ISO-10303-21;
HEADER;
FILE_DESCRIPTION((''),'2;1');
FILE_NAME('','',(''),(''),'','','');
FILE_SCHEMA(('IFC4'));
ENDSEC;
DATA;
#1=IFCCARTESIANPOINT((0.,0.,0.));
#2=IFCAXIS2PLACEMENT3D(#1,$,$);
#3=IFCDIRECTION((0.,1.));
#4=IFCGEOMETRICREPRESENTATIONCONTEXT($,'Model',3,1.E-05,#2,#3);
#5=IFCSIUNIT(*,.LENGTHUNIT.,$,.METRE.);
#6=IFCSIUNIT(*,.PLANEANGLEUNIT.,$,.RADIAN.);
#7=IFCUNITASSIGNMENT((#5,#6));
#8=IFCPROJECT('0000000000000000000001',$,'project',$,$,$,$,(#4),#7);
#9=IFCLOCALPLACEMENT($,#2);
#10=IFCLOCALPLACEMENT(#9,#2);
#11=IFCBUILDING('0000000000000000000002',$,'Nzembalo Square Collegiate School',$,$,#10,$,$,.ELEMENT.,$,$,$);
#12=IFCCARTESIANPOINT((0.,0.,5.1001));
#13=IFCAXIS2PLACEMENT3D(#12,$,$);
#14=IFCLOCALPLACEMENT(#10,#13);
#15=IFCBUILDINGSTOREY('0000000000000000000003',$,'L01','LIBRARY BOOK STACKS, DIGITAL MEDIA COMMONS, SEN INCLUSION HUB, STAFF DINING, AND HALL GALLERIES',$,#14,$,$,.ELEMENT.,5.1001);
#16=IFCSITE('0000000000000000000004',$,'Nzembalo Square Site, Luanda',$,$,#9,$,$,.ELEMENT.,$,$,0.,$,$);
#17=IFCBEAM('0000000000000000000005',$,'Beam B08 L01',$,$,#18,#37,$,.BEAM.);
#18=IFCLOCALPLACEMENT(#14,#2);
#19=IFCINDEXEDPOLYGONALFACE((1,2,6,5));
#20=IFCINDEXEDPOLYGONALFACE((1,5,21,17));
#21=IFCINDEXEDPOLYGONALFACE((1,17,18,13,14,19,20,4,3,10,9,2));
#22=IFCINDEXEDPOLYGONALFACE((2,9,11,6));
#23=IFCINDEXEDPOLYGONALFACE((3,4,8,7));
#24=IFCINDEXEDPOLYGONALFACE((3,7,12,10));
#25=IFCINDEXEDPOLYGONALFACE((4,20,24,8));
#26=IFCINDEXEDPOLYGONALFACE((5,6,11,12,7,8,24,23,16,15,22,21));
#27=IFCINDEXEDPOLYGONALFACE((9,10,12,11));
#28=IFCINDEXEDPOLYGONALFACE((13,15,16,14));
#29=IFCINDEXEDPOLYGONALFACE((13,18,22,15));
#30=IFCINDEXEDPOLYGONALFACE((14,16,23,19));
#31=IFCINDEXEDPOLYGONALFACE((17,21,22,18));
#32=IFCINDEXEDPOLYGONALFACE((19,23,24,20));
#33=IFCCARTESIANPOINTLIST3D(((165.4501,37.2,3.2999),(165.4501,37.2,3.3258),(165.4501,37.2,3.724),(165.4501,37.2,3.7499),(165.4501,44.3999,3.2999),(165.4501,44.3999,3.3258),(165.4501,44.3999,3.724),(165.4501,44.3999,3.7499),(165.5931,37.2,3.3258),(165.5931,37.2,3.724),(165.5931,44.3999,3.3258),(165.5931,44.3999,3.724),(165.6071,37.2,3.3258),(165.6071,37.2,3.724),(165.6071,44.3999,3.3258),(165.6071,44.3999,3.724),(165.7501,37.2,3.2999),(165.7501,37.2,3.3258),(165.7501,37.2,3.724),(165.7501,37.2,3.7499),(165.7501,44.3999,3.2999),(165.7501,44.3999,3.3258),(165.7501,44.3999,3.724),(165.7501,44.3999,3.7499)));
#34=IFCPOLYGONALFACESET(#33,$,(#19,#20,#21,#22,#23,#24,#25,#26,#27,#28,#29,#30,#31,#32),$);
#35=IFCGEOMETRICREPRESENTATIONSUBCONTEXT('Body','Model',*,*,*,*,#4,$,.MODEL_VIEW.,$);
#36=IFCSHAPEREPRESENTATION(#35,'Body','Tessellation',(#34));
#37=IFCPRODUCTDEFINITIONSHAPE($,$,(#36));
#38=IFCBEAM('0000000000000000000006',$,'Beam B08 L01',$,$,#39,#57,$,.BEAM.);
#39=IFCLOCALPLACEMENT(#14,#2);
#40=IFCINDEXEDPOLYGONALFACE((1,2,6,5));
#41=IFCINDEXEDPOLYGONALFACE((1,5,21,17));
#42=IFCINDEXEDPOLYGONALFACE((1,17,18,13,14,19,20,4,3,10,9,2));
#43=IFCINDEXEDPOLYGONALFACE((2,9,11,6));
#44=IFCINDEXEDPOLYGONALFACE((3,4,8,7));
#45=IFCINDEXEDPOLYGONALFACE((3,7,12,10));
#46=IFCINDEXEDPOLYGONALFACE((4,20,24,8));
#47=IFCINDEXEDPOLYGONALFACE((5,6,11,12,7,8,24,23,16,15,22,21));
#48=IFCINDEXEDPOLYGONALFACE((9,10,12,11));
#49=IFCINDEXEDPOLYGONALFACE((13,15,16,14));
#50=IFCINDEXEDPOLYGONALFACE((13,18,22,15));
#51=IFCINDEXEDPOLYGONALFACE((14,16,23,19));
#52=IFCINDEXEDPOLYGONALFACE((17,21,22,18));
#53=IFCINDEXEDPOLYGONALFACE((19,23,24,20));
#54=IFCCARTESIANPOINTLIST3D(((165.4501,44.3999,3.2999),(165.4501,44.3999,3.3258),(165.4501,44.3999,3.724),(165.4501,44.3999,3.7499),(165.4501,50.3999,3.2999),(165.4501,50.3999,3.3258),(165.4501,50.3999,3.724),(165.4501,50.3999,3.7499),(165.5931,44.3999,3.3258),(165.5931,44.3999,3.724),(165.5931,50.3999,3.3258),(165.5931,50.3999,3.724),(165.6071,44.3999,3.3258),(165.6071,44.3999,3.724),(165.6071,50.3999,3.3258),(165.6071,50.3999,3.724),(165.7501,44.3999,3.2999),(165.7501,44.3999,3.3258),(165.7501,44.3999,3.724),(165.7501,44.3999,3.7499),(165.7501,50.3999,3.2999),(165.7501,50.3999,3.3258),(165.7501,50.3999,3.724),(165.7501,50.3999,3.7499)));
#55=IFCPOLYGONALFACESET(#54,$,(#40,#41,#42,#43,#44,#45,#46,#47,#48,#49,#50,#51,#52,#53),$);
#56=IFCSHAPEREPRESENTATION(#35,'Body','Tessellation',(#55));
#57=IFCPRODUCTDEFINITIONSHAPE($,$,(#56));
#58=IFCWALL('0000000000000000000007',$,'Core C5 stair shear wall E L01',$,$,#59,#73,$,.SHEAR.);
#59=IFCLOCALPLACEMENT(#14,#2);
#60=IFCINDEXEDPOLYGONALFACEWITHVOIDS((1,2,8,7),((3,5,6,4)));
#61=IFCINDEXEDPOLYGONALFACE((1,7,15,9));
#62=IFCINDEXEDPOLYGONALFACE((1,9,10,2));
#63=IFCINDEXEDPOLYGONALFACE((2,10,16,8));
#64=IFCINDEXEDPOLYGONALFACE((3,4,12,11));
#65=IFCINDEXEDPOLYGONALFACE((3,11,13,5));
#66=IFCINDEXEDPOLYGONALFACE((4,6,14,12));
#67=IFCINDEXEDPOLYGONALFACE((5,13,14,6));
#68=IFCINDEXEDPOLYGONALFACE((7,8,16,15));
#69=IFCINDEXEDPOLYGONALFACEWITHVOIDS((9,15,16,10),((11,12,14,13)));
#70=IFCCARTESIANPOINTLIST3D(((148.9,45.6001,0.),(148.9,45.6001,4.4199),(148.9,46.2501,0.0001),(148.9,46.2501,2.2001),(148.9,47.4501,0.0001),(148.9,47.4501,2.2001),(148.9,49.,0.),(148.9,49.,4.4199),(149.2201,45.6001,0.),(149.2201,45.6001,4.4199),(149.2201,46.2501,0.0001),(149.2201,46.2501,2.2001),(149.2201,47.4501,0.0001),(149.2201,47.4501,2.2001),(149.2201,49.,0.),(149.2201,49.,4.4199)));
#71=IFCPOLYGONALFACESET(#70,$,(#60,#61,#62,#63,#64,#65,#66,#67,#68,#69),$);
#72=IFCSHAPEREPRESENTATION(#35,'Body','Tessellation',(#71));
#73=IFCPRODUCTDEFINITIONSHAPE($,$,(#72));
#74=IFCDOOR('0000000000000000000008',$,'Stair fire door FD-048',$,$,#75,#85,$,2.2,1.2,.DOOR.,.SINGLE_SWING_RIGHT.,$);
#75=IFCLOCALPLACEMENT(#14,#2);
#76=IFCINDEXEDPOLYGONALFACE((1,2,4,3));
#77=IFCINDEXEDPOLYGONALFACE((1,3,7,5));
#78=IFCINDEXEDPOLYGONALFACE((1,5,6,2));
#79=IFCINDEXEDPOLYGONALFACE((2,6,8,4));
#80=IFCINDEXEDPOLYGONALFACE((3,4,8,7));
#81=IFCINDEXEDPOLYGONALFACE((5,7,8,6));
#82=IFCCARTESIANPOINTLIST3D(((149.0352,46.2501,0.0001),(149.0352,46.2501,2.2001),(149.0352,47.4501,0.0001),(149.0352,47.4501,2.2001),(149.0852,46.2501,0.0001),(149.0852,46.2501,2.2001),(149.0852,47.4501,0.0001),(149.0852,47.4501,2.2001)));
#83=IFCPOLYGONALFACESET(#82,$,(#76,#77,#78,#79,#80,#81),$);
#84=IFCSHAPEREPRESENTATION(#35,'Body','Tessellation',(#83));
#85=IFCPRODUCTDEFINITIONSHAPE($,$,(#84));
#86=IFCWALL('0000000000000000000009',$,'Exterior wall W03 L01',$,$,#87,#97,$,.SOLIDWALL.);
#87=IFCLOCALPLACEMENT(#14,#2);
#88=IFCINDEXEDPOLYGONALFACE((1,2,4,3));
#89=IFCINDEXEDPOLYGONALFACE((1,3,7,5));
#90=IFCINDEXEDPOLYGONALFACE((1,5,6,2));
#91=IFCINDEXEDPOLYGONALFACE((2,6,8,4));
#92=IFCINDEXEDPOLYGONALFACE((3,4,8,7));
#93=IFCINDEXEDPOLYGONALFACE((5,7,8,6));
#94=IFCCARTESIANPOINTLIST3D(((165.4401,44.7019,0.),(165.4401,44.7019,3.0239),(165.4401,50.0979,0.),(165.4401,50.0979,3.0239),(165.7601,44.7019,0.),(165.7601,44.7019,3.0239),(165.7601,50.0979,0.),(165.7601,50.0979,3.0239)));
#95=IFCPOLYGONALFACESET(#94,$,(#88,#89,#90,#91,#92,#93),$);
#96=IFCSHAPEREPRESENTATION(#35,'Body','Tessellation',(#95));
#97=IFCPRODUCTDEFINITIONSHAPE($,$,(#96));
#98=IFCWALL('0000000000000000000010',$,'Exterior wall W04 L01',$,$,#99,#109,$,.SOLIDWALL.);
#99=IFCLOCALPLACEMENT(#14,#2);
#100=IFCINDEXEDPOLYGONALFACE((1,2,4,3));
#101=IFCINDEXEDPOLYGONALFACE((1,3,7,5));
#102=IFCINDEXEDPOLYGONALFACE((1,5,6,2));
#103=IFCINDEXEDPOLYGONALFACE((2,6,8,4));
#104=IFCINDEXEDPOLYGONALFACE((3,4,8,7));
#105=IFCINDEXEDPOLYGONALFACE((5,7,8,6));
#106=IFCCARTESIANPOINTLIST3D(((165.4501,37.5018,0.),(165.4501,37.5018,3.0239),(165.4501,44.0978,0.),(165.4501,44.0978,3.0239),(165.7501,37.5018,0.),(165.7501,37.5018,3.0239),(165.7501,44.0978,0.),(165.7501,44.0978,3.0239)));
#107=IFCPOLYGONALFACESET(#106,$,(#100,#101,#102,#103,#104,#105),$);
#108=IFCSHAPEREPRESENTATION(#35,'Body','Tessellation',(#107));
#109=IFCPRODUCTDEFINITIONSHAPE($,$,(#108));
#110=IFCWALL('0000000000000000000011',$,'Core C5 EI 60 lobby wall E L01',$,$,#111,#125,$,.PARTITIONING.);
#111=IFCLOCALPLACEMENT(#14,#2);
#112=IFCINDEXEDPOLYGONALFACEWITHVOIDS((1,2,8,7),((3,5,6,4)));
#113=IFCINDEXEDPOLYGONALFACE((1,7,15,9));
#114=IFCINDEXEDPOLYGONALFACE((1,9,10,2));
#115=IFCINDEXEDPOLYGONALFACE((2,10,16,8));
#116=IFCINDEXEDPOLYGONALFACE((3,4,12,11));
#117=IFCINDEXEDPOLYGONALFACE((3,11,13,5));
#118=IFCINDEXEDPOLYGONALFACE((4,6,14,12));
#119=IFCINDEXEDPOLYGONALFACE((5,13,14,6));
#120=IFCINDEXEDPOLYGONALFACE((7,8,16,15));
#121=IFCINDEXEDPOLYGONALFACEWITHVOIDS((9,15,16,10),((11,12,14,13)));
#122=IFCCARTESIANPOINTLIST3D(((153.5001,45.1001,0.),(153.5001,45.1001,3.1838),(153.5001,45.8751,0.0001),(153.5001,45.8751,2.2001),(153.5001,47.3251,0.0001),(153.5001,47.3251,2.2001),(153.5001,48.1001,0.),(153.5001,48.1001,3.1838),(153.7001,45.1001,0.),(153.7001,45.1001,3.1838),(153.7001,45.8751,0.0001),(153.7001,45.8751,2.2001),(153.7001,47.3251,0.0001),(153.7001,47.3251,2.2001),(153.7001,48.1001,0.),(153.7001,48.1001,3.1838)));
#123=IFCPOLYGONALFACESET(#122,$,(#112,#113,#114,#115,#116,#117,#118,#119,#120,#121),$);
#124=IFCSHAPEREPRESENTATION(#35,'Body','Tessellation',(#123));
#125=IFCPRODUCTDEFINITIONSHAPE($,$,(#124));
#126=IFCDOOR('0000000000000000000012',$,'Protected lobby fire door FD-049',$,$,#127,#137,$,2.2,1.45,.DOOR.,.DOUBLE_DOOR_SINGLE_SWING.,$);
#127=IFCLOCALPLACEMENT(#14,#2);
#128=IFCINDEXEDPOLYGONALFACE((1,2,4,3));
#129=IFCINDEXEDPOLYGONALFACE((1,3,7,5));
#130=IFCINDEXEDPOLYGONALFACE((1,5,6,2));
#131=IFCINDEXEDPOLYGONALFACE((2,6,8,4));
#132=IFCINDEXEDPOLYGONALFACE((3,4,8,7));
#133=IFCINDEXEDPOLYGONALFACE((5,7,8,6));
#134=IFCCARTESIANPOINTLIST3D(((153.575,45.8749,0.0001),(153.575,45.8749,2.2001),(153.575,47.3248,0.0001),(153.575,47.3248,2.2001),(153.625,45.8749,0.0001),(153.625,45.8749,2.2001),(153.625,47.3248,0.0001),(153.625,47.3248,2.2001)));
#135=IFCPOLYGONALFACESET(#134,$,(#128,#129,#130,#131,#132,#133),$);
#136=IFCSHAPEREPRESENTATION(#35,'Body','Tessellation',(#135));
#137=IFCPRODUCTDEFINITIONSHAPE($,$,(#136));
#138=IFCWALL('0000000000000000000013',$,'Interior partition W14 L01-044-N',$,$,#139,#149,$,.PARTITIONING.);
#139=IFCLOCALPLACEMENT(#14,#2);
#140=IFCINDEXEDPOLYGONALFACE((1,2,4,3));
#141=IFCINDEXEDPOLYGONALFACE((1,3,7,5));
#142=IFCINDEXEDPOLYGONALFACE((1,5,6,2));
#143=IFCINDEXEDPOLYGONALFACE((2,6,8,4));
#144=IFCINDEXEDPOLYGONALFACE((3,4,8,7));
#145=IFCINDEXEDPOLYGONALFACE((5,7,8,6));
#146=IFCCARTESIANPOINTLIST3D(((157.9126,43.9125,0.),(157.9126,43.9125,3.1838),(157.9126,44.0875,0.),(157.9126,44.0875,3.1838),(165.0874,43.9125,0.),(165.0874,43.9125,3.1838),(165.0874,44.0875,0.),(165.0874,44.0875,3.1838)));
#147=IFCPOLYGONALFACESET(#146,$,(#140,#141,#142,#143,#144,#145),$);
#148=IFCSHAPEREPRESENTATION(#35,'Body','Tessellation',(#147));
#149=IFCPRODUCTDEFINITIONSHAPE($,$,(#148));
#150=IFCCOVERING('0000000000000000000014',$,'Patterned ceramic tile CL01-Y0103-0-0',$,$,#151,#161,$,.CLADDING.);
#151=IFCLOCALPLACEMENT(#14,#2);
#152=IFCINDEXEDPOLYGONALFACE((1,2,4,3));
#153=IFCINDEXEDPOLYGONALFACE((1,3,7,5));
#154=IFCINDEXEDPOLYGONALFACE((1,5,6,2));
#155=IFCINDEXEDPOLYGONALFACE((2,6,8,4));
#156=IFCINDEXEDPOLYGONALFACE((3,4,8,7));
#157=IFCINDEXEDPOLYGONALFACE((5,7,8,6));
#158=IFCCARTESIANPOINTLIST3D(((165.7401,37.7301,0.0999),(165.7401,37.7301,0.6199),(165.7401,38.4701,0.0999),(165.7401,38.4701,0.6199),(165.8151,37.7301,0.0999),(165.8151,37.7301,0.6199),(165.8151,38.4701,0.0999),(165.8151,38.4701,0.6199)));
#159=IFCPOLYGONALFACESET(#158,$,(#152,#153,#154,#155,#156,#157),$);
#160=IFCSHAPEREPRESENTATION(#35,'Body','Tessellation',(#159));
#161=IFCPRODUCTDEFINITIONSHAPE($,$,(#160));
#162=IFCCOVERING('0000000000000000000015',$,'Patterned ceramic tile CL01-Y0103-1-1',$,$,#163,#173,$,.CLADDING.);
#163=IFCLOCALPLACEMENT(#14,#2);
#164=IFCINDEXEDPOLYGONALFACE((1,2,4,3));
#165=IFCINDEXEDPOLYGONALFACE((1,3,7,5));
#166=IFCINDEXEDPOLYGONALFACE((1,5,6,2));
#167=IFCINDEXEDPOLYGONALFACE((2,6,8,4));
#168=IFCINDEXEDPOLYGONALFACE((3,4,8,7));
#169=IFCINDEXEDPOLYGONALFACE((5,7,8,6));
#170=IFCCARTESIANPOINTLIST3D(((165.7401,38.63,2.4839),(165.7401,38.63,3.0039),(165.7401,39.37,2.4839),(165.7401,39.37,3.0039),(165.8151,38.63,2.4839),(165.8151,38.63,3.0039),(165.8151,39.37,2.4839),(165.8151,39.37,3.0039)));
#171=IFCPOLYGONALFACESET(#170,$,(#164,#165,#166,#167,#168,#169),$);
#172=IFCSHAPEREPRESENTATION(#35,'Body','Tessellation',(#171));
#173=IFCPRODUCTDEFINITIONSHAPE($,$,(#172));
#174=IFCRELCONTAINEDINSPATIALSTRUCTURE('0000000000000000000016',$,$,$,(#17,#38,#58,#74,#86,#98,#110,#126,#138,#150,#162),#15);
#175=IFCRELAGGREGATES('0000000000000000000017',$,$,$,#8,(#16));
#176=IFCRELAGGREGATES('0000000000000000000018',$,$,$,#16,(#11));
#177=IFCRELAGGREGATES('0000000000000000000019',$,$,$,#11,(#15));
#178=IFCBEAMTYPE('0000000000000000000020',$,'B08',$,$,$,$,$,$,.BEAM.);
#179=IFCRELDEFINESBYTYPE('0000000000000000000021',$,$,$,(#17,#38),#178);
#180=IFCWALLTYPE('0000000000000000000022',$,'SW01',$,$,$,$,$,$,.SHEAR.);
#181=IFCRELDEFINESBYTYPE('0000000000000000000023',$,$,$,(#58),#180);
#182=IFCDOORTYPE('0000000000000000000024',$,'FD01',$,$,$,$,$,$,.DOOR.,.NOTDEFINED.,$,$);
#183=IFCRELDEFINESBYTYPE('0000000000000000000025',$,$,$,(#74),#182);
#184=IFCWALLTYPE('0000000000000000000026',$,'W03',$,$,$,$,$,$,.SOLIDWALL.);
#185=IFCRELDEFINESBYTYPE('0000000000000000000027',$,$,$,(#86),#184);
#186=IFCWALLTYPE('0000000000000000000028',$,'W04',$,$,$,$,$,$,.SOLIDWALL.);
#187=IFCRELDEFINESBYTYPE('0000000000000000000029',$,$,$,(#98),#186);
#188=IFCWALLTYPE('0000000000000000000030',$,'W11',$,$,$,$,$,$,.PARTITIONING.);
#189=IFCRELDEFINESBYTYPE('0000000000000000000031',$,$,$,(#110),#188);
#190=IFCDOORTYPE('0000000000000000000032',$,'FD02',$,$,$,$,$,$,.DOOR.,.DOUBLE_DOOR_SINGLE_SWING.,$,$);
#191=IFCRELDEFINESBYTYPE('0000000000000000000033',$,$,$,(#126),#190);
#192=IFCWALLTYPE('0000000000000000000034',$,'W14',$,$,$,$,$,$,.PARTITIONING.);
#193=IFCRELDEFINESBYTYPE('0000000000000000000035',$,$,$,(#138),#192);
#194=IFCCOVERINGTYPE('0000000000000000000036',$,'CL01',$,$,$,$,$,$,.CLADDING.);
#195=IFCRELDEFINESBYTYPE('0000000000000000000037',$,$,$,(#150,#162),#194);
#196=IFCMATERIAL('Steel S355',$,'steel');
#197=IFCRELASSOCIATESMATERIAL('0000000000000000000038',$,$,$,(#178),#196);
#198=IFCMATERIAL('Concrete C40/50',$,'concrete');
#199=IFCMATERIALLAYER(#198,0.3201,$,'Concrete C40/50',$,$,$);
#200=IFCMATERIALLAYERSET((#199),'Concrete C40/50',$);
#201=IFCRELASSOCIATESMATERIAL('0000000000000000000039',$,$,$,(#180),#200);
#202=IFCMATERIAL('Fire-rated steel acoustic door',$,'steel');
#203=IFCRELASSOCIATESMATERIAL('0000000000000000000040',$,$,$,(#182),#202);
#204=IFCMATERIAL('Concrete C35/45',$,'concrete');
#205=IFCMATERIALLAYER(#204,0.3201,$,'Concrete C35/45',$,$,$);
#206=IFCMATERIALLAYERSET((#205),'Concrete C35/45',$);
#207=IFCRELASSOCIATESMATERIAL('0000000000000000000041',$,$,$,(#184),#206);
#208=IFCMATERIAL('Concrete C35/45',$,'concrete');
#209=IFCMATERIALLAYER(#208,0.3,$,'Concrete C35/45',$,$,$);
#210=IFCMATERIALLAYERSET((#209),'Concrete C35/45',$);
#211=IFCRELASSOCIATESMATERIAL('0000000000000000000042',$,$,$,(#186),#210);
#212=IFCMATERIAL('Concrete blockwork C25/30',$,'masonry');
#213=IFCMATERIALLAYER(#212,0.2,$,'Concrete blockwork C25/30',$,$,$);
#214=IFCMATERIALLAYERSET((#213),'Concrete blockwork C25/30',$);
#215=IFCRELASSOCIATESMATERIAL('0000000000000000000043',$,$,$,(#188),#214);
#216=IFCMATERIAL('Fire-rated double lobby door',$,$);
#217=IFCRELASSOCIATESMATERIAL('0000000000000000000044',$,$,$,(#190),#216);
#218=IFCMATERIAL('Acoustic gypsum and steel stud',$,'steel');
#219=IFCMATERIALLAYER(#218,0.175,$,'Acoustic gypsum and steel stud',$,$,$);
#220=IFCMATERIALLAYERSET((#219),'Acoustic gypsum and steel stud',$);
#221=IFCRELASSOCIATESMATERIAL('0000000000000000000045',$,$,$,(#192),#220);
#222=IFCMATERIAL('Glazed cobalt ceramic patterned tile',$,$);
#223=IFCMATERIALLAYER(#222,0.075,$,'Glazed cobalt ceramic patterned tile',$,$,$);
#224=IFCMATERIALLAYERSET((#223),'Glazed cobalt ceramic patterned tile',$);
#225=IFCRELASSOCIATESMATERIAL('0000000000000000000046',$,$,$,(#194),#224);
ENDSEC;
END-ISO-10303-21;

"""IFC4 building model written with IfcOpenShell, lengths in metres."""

from ifc_helpers import new_model, si_unit, direction, frame, frame_2d, origin, origin_2d, place, context, subcontext, project, spatial, rectangle, i_section, extrude, material, layer, layer_set, material_profile, profile_set, type_object, element, fill, save


model = new_model("IFC4")

# Units and contexts
model_context = context("Model", 3, precision=1e-05, world=origin(), true_north=direction((0.0, 1.0)))
body_context = subcontext(model_context, "Body", "Model", "MODEL_VIEW")
ifc_project = project(units=[si_unit("LENGTHUNIT", "METRE"), si_unit("PLANEANGLEUNIT", "RADIAN")], contexts=[model_context])

# Site, building, storey
site_placement = place(None, origin())
site = spatial("IfcSite", under=ifc_project, at=site_placement, Name="Nzembalo Square Site, Luanda", CompositionType="ELEMENT", RefElevation=0.0)
building_placement = place(site_placement, origin())
building = spatial("IfcBuilding", under=site, at=building_placement, Name="Nzembalo Square Collegiate School", CompositionType="ELEMENT")
storey_placement = place(building_placement, frame((0.0, 0.0, 5.1001)))
storey = spatial("IfcBuildingStorey", under=building, at=storey_placement, Name="L01", Description="LIBRARY BOOK STACKS, DIGITAL MEDIA COMMONS, SEN INCLUSION HUB, STAFF DINING, AND HALL GALLERIES", CompositionType="ELEMENT", Elevation=5.1001)

# Beams
ifc_material_1 = material(Name="Steel S355", Category="steel")
ifc_material_profile_1 = material_profile(ifc_material_1, i_section(OverallWidth=0.3, OverallDepth=0.45, WebThickness=0.0139, FlangeThickness=0.0259, at=origin_2d()), Name="HEB 450")
ifc_profile_set_1 = profile_set([ifc_material_profile_1], Name="Steel S355")
beam_type_1 = type_object("IfcBeamType", Name="B08", PredefinedType="BEAM", material=ifc_profile_set_1)
beam_1_placement = place(storey_placement, frame((165.6001, 37.2, 3.5249), z_axis=(0.0, 1.0, 0.0), x_axis=(-1.0, 0.0, 0.0)))
element("IfcBeam", 1, at=beam_1_placement, inside=storey, type_object=beam_type_1, Name="Beam B08 L01", PredefinedType="BEAM", context=body_context, shape_type="SweptSolid", body=[
    extrude(i_section(OverallWidth=0.3, OverallDepth=0.45, WebThickness=0.0139, FlangeThickness=0.0259, at=origin_2d()), origin(), (0.0, 0.0, 1.0), 7.2),
])
beam_2_placement = place(storey_placement, frame((165.6001, 44.3999, 3.5249), z_axis=(0.0, 1.0, 0.0), x_axis=(-1.0, 0.0, 0.0)))
element("IfcBeam", 2, at=beam_2_placement, inside=storey, type_object=beam_type_1, Name="Beam B08 L01", PredefinedType="BEAM", context=body_context, shape_type="SweptSolid", body=[
    extrude(i_section(OverallWidth=0.3, OverallDepth=0.45, WebThickness=0.0139, FlangeThickness=0.0259, at=origin_2d()), origin(), (0.0, 0.0, 1.0), 6.0),
])

# Wall, opening, door
ifc_material_2 = material(Name="Concrete C40/50", Category="concrete")
ifc_layer_1 = layer(ifc_material_2, 0.3201, Name="Concrete C40/50")
ifc_layer_set_1 = layer_set([ifc_layer_1], Name="Concrete C40/50")
wall_type_1 = type_object("IfcWallType", Name="SW01", PredefinedType="SHEAR", material=ifc_layer_set_1)
wall_1_placement = place(storey_placement, frame((149.0601, 45.6001, 0.0), z_axis=(0.0, 0.0, 1.0), x_axis=(0.0, 1.0, 0.0)))
wall_1 = element("IfcWall", 3, at=wall_1_placement, inside=storey, type_object=wall_type_1, Name="Core C5 stair shear wall E L01", PredefinedType="SHEAR", context=body_context, shape_type="SweptSolid", body=[
    extrude(rectangle(XDim=3.3999, YDim=0.3201, at=frame_2d((1.7, 0.0))), origin(), (0.0, 0.0, 1.0), 4.4199),
])
opening_1_placement = place(wall_1_placement, frame((0.6499, 0.0, 0.0)))
opening_1 = element("IfcOpeningElement", 4, at=opening_1_placement, cuts=wall_1, PredefinedType="OPENING", context=body_context, shape_type="SweptSolid", body=[
    extrude(rectangle(XDim=1.2, YDim=2.2, at=frame_2d((0.6001, 1.1001))), frame((0.0, 0.1699, 0.0), z_axis=(0.0, -1.0, 0.0), x_axis=(1.0, 0.0, 0.0)), (0.0, 0.0, 1.0), 0.3401),
])
ifc_material_3 = material(Name="Fire-rated steel acoustic door", Category="steel")
door_type_1 = type_object("IfcDoorType", Name="FD01", OperationType="NOTDEFINED", PredefinedType="DOOR", material=ifc_material_3)
door_1_placement = place(opening_1_placement, origin())
door_1 = element("IfcDoor", 5, at=door_1_placement, inside=storey, type_object=door_type_1, Name="Stair fire door FD-048", OperationType="SINGLE_SWING_RIGHT", OverallHeight=2.2, OverallWidth=1.2, PredefinedType="DOOR", context=body_context, shape_type="SweptSolid", body=[
    extrude(rectangle(XDim=1.2, YDim=2.2, at=frame_2d((0.6001, 1.1001))), frame((0.0, 0.0249, 0.0), z_axis=(0.0, -1.0, 0.0), x_axis=(1.0, 0.0, 0.0)), (0.0, 0.0, 1.0), 0.05),
])
fill(opening_1, door_1)

# Walls
ifc_material_4 = material(Name="Concrete C35/45", Category="concrete")
ifc_layer_2 = layer(ifc_material_4, 0.3201, Name="Concrete C35/45")
ifc_layer_set_2 = layer_set([ifc_layer_2], Name="Concrete C35/45")
wall_type_2 = type_object("IfcWallType", Name="W03", PredefinedType="SOLIDWALL", material=ifc_layer_set_2)
wall_2_placement = place(storey_placement, frame((165.6001, 44.7019, 0.0), z_axis=(0.0, 0.0, 1.0), x_axis=(0.0, 1.0, 0.0)))
element("IfcWall", 6, at=wall_2_placement, inside=storey, type_object=wall_type_2, Name="Exterior wall W03 L01", PredefinedType="SOLIDWALL", context=body_context, shape_type="SweptSolid", body=[
    extrude(rectangle(XDim=5.396, YDim=0.3201, at=frame_2d((2.698, 0.0))), origin(), (0.0, 0.0, 1.0), 3.0239),
])
ifc_material_5 = material(Name="Concrete C35/45", Category="concrete")
ifc_layer_3 = layer(ifc_material_5, 0.3, Name="Concrete C35/45")
ifc_layer_set_3 = layer_set([ifc_layer_3], Name="Concrete C35/45")
wall_type_3 = type_object("IfcWallType", Name="W04", PredefinedType="SOLIDWALL", material=ifc_layer_set_3)
wall_3_placement = place(storey_placement, frame((165.6001, 37.502, 0.0), z_axis=(0.0, 0.0, 1.0), x_axis=(0.0, 1.0, 0.0)))
element("IfcWall", 7, at=wall_3_placement, inside=storey, type_object=wall_type_3, Name="Exterior wall W04 L01", PredefinedType="SOLIDWALL", context=body_context, shape_type="SweptSolid", body=[
    extrude(rectangle(XDim=6.5959, YDim=0.3, at=frame_2d((3.2979, 0.0))), origin(), (0.0, 0.0, 1.0), 3.0239),
])

# Wall, opening, door
ifc_material_6 = material(Name="Concrete blockwork C25/30", Category="masonry")
ifc_layer_4 = layer(ifc_material_6, 0.2, Name="Concrete blockwork C25/30")
ifc_layer_set_4 = layer_set([ifc_layer_4], Name="Concrete blockwork C25/30")
wall_type_4 = type_object("IfcWallType", Name="W11", PredefinedType="PARTITIONING", material=ifc_layer_set_4)
wall_4_placement = place(storey_placement, frame((153.6001, 45.1001, 0.0), z_axis=(0.0, 0.0, 1.0), x_axis=(0.0, 1.0, 0.0)))
wall_4 = element("IfcWall", 8, at=wall_4_placement, inside=storey, type_object=wall_type_4, Name="Core C5 EI 60 lobby wall E L01", PredefinedType="PARTITIONING", context=body_context, shape_type="SweptSolid", body=[
    extrude(rectangle(XDim=3.0, YDim=0.2, at=frame_2d((1.5, 0.0))), origin(), (0.0, 0.0, 1.0), 3.1838),
])
opening_2_placement = place(wall_4_placement, frame((0.7749, 0.0, 0.0)))
opening_2 = element("IfcOpeningElement", 9, at=opening_2_placement, cuts=wall_4, PredefinedType="OPENING", context=body_context, shape_type="SweptSolid", body=[
    extrude(rectangle(XDim=1.45, YDim=2.2, at=frame_2d((0.7251, 1.1001))), frame((0.0, 0.1099, 0.0), z_axis=(0.0, -1.0, 0.0), x_axis=(1.0, 0.0, 0.0)), (0.0, 0.0, 1.0), 0.22),
])
ifc_material_7 = material(Name="Fire-rated double lobby door")
door_type_2 = type_object("IfcDoorType", Name="FD02", OperationType="DOUBLE_DOOR_SINGLE_SWING", PredefinedType="DOOR", material=ifc_material_7)
door_2_placement = place(opening_2_placement, frame((1.45, 0.0, 0.0), z_axis=(0.0, 0.0, 1.0), x_axis=(-1.0, 0.0, 0.0)))
door_2 = element("IfcDoor", 10, at=door_2_placement, inside=storey, type_object=door_type_2, Name="Protected lobby fire door FD-049", OperationType="DOUBLE_DOOR_SINGLE_SWING", OverallHeight=2.2, OverallWidth=1.45, PredefinedType="DOOR", context=body_context, shape_type="SweptSolid", body=[
    extrude(rectangle(XDim=1.45, YDim=2.2, at=frame_2d((0.7251, 1.1001))), frame((0.0, 0.0249, 0.0), z_axis=(0.0, -1.0, 0.0), x_axis=(1.0, 0.0, 0.0)), (0.0, 0.0, 1.0), 0.05),
])
fill(opening_2, door_2)

# Wall
ifc_material_8 = material(Name="Acoustic gypsum and steel stud", Category="steel")
ifc_layer_5 = layer(ifc_material_8, 0.175, Name="Acoustic gypsum and steel stud")
ifc_layer_set_5 = layer_set([ifc_layer_5], Name="Acoustic gypsum and steel stud")
wall_type_5 = type_object("IfcWallType", Name="W14", PredefinedType="PARTITIONING", material=ifc_layer_set_5)
wall_5_placement = place(storey_placement, frame((157.9126, 44.0, 0.0), z_axis=(0.0, 0.0, 1.0), x_axis=(1.0, 0.0, 0.0)))
element("IfcWall", 11, at=wall_5_placement, inside=storey, type_object=wall_type_5, Name="Interior partition W14 L01-044-N", PredefinedType="PARTITIONING", context=body_context, shape_type="SweptSolid", body=[
    extrude(rectangle(XDim=7.1748, YDim=0.175, at=frame_2d((3.5874, 0.0))), origin(), (0.0, 0.0, 1.0), 3.1838),
])

# Coverings
ifc_material_9 = material(Name="Glazed cobalt ceramic patterned tile")
ifc_layer_6 = layer(ifc_material_9, 0.075, Name="Glazed cobalt ceramic patterned tile")
ifc_layer_set_6 = layer_set([ifc_layer_6], Name="Glazed cobalt ceramic patterned tile")
covering_type = type_object("IfcCoveringType", Name="CL01", PredefinedType="CLADDING", material=ifc_layer_set_6)
for number, where, z_axis, x_axis, name in (
    (12, (165.7776, 38.1001, 0.0999), (0.0, 0.0, 1.0), (1.0, 0.0, 0.0), "Patterned ceramic tile CL01-Y0103-0-0"),
    (13, (165.7776, 39.0, 2.4839), (0.0, 0.0, 1.0), (1.0, 0.0, 0.0), "Patterned ceramic tile CL01-Y0103-1-1"),
):
    element("IfcCovering", number, at=place(storey_placement, frame(where, z_axis=z_axis, x_axis=x_axis)), inside=storey, type_object=covering_type, Name=name, PredefinedType="CLADDING", context=body_context, shape_type="SweptSolid", body=[
        extrude(rectangle(XDim=0.075, YDim=0.74, at=origin_2d()), origin(), (0.0, 0.0, 1.0), 0.52),
    ])

save(model, "model.ifc")
